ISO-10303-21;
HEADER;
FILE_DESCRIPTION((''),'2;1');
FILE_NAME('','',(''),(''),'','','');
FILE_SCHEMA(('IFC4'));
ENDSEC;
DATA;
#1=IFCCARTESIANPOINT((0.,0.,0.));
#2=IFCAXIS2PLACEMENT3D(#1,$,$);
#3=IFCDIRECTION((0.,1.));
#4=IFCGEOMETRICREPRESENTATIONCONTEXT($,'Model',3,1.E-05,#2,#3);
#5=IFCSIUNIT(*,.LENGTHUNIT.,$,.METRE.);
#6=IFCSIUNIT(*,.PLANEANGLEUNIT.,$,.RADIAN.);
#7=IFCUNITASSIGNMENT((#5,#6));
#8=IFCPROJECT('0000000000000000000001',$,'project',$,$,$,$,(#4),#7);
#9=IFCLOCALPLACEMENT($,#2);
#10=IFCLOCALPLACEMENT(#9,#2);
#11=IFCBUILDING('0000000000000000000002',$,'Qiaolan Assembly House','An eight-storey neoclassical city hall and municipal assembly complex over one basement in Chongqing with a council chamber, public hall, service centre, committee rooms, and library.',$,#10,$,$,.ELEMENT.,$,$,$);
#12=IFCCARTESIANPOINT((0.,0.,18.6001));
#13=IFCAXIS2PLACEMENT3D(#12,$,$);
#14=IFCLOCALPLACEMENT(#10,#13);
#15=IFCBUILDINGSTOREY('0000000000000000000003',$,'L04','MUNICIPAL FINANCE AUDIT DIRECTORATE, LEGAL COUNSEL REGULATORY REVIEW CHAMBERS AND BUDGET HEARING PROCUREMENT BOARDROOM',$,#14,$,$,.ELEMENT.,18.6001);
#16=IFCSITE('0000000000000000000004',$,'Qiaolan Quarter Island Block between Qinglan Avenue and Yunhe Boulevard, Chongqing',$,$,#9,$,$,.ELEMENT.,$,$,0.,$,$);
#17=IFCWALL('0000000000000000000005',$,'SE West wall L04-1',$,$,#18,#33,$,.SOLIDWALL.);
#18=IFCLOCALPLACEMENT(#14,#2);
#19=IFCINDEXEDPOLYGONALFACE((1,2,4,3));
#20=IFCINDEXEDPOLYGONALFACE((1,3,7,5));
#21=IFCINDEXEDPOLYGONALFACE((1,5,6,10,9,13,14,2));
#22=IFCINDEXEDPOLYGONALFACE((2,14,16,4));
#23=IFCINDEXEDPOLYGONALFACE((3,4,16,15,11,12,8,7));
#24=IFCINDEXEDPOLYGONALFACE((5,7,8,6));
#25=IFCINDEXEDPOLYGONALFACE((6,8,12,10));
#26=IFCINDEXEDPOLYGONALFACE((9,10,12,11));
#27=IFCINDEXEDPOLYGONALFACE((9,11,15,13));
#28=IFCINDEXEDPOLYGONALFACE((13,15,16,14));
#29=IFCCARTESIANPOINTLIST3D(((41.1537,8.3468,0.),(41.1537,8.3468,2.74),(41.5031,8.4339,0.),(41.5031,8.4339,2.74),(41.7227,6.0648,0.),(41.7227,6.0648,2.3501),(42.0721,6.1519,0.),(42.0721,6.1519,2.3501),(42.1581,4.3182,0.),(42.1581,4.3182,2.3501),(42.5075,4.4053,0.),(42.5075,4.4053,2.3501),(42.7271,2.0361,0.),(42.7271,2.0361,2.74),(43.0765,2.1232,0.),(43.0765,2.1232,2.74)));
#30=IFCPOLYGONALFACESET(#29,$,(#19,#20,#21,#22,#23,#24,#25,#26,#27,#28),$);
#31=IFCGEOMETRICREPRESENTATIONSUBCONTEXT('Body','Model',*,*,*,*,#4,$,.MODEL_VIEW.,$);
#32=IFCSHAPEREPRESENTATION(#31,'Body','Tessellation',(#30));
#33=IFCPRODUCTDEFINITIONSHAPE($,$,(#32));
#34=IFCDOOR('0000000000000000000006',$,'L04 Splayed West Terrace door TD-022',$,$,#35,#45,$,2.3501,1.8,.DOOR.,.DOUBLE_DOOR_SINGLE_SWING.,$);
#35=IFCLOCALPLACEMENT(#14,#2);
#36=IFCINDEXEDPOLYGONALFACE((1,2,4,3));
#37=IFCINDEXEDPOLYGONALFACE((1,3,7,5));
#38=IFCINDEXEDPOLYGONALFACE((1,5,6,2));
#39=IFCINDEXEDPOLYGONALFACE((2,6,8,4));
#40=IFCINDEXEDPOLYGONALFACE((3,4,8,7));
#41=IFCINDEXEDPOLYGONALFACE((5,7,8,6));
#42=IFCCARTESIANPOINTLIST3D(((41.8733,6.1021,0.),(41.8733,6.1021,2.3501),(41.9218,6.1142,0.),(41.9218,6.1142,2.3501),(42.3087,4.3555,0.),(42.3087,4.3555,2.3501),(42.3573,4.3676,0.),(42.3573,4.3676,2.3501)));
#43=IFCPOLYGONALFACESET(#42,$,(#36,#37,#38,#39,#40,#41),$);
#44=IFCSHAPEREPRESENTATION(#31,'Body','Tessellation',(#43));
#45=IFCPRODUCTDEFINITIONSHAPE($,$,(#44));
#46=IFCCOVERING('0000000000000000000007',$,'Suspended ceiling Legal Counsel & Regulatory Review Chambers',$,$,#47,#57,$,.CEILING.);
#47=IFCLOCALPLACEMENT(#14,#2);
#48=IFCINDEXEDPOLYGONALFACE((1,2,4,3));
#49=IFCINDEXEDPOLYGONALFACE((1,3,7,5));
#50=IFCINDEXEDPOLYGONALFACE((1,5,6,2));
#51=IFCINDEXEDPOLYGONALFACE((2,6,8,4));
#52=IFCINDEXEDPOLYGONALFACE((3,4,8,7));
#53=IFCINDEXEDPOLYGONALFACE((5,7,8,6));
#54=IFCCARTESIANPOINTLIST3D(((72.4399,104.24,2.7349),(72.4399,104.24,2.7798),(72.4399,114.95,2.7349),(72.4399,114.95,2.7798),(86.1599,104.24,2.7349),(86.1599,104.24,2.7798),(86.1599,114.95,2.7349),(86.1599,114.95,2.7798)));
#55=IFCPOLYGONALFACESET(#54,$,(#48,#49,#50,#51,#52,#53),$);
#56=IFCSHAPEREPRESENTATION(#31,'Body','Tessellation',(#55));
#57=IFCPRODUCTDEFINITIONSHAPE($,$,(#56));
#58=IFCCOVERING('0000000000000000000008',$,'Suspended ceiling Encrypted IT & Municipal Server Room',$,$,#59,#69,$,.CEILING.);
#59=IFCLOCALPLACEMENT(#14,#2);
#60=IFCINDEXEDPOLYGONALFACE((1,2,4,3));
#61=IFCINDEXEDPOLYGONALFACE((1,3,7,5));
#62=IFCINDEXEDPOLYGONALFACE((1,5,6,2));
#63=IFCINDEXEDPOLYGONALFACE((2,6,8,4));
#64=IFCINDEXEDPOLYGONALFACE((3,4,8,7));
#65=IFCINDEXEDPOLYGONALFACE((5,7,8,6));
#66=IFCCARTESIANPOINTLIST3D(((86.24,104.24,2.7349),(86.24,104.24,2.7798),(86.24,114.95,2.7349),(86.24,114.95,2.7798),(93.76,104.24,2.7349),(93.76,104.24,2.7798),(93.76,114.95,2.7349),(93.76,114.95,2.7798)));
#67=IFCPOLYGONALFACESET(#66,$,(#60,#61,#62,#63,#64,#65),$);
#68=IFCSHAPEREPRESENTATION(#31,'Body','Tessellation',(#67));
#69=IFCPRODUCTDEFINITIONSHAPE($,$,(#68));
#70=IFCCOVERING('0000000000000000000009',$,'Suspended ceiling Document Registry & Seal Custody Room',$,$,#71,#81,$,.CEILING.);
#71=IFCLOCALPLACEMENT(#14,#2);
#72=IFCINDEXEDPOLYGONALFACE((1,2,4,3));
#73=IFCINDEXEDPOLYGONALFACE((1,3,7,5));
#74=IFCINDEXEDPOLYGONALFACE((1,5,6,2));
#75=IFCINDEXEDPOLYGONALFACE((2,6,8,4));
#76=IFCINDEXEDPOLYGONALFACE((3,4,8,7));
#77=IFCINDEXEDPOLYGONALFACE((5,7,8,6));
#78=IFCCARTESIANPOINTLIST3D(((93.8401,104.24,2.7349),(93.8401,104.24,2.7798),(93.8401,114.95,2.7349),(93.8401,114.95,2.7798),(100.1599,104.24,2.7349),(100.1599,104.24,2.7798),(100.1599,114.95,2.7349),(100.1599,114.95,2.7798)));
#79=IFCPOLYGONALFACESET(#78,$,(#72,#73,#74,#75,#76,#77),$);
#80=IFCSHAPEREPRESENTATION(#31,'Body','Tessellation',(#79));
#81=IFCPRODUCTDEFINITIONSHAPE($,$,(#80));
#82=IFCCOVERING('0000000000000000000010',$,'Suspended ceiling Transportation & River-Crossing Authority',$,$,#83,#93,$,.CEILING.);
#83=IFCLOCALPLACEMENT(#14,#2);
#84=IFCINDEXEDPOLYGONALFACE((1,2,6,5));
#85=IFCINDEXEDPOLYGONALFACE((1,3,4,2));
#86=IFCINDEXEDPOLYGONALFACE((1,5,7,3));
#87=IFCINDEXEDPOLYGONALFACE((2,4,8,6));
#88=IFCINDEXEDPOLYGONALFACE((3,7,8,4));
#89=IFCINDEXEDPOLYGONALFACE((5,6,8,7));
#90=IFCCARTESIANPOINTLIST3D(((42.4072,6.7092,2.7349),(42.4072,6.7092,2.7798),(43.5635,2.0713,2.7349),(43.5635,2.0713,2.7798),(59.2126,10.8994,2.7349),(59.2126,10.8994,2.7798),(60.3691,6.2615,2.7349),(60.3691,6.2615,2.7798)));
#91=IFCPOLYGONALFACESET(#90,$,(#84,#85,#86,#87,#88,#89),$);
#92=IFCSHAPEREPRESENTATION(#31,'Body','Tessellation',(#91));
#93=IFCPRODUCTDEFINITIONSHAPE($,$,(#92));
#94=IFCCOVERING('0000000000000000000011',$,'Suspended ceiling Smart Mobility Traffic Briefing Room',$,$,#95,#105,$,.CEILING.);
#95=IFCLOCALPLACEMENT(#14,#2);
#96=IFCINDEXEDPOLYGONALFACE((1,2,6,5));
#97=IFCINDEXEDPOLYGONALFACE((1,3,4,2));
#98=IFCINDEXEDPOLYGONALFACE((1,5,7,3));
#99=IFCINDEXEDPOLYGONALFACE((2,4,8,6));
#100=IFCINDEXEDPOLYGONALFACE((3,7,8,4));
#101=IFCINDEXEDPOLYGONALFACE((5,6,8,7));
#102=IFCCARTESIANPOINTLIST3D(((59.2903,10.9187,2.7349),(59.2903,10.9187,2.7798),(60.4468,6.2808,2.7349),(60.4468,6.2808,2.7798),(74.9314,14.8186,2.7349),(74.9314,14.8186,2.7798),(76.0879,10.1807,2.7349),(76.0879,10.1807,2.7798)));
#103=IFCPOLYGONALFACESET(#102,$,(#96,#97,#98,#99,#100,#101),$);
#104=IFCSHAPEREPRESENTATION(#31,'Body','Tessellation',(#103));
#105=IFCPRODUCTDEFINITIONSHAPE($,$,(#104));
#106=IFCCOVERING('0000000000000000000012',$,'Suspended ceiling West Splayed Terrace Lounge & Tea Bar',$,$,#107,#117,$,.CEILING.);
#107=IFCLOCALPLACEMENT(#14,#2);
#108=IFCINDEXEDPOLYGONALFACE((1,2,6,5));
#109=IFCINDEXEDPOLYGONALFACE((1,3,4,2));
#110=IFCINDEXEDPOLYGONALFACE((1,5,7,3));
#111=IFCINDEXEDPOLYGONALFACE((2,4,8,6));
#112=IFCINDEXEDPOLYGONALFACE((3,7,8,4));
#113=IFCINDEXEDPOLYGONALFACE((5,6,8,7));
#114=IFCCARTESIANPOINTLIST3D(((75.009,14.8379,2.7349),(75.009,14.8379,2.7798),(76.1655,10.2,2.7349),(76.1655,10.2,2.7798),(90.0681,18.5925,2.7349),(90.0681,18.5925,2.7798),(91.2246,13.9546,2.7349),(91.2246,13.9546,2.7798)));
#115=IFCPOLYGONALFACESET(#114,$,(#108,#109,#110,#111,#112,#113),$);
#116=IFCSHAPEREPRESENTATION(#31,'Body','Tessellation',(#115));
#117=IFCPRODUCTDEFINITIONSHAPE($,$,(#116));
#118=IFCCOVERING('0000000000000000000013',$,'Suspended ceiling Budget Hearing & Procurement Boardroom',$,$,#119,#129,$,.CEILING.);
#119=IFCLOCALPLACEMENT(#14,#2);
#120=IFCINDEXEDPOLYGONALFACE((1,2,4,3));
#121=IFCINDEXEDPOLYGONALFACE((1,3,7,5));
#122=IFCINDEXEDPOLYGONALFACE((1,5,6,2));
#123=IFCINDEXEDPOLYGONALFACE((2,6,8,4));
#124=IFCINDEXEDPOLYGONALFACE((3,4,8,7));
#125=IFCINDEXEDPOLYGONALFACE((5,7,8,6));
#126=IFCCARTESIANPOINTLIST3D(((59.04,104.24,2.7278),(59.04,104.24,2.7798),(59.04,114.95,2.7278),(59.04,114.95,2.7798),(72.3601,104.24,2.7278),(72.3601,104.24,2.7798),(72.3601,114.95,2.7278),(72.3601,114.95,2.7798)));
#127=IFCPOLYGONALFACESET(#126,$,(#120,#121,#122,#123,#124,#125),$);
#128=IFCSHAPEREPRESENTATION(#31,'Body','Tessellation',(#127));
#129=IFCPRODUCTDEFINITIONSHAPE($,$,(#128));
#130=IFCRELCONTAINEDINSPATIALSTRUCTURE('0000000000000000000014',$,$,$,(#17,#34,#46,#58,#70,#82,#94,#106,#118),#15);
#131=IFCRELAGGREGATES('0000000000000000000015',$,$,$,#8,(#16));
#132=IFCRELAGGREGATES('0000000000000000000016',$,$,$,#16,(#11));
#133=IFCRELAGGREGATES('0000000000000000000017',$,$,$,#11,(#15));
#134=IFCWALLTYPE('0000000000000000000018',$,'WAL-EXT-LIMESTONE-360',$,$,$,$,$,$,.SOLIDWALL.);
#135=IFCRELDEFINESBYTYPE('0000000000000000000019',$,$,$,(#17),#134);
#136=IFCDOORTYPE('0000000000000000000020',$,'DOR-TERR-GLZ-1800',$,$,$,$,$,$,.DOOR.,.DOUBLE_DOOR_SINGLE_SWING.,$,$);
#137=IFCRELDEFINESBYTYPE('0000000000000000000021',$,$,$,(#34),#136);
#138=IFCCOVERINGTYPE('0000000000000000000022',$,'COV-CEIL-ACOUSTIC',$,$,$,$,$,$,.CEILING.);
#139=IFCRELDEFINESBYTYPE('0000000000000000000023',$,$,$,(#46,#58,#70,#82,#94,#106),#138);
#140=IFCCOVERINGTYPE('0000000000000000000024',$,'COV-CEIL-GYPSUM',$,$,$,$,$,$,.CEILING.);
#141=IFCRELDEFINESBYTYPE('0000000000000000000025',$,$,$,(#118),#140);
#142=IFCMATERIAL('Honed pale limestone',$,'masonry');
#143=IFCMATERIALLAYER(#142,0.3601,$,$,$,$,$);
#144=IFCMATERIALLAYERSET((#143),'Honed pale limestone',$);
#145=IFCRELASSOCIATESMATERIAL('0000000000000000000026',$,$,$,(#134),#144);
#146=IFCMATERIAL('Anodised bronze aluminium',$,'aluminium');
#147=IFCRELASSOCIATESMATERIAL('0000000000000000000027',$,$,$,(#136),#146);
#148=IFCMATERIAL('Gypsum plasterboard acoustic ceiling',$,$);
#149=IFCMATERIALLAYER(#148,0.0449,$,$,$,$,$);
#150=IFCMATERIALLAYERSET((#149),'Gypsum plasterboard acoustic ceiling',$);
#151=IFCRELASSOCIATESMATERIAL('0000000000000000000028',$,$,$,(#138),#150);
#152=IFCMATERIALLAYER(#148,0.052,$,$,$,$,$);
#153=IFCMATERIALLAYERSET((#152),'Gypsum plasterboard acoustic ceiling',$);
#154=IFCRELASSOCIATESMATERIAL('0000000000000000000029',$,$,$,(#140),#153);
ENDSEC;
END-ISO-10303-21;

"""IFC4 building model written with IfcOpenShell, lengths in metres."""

from ifc_helpers import new_model, si_unit, direction, frame, frame_2d, origin, place, context, subcontext, project, spatial, polyline, rectangle, outline, extrude, material, layer, layer_set, type_object, element, fill, save


model = new_model("IFC4")

# Units and contexts
model_context = context("Model", 3, precision=1e-05, world=origin(), true_north=direction((0.0, 1.0)))
body_context = subcontext(model_context, "Body", "Model", "MODEL_VIEW")
ifc_project = project(units=[si_unit("LENGTHUNIT", "METRE"), si_unit("PLANEANGLEUNIT", "RADIAN")], contexts=[model_context])

# Site, building, storey
site_placement = place(None, origin())
site = spatial("IfcSite", under=ifc_project, at=site_placement, Name="Qiaolan Quarter Island Block between Qinglan Avenue and Yunhe Boulevard, Chongqing", CompositionType="ELEMENT", RefElevation=0.0)
building_placement = place(site_placement, origin())
building = spatial("IfcBuilding", under=site, at=building_placement, Name="Qiaolan Assembly House", Description="An eight-storey neoclassical city hall and municipal assembly complex over one basement in Chongqing with a council chamber, public hall, service centre, committee rooms, and library.", CompositionType="ELEMENT")
storey_placement = place(building_placement, frame((0.0, 0.0, 18.6001)))
storey = spatial("IfcBuildingStorey", under=building, at=storey_placement, Name="L04", Description="MUNICIPAL FINANCE AUDIT DIRECTORATE, LEGAL COUNSEL REGULATORY REVIEW CHAMBERS AND BUDGET HEARING PROCUREMENT BOARDROOM", CompositionType="ELEMENT", Elevation=18.6001)

# Wall, opening, door
ifc_material_1 = material(Name="Honed pale limestone", Category="masonry")
ifc_layer_1 = layer(ifc_material_1, 0.3601)
ifc_layer_set_1 = layer_set([ifc_layer_1], Name="Honed pale limestone")
wall_type_1 = type_object("IfcWallType", Name="WAL-EXT-LIMESTONE-360", PredefinedType="SOLIDWALL", material=ifc_layer_set_1)
wall_1_placement = place(storey_placement, frame((41.3284, 8.3904, 0.0), z_axis=(0.0, 0.0, 1.0), x_axis=(0.241926, -0.970295, 0.0)))
wall_1 = element("IfcWall", 1, at=wall_1_placement, inside=storey, type_object=wall_type_1, Name="SE West wall L04-1", PredefinedType="SOLIDWALL", context=body_context, shape_type="SweptSolid", body=[
    extrude(rectangle(XDim=6.5039, YDim=0.3601, at=frame_2d((3.252, 0.0))), origin(), (0.0, 0.0, 1.0), 2.74),
])
opening_placement = place(wall_1_placement, frame((2.3521, 0.0, 0.0)))
opening = element("IfcOpeningElement", 2, at=opening_placement, cuts=wall_1, PredefinedType="OPENING", context=body_context, shape_type="SweptSolid", body=[
    extrude(rectangle(XDim=1.8, YDim=2.3501, at=frame_2d((0.8999, 1.175))), frame((0.0, 0.1899, 0.0), z_axis=(0.0, -1.0, 0.0), x_axis=(1.0, 0.0, 0.0)), (0.0, 0.0, 1.0), 0.3801),
])
ifc_material_2 = material(Name="Anodised bronze aluminium", Category="aluminium")
door_type = type_object("IfcDoorType", Name="DOR-TERR-GLZ-1800", OperationType="DOUBLE_DOOR_SINGLE_SWING", PredefinedType="DOOR", material=ifc_material_2)
door_placement = place(opening_placement, frame((1.8, 0.0, 0.0), z_axis=(0.0, 0.0, 1.0), x_axis=(-1.0, 0.0, 0.0)))
door = element("IfcDoor", 3, at=door_placement, inside=storey, type_object=door_type, Name="L04 Splayed West Terrace door TD-022", OperationType="DOUBLE_DOOR_SINGLE_SWING", OverallHeight=2.3501, OverallWidth=1.8, PredefinedType="DOOR", context=body_context, shape_type="SweptSolid", body=[
    extrude(rectangle(XDim=1.8, YDim=2.3501, at=frame_2d((0.8999, 1.175))), frame((0.0, 0.0249, 0.0), z_axis=(0.0, -1.0, 0.0), x_axis=(1.0, 0.0, 0.0)), (0.0, 0.0, 1.0), 0.05),
])
fill(opening, door)

# Coverings
ifc_material_3 = material(Name="Gypsum plasterboard acoustic ceiling")
ifc_layer_2 = layer(ifc_material_3, 0.0449)
ifc_layer_set_2 = layer_set([ifc_layer_2], Name="Gypsum plasterboard acoustic ceiling")
covering_type_1 = type_object("IfcCoveringType", Name="COV-CEIL-ACOUSTIC", PredefinedType="CEILING", material=ifc_layer_set_2)
covering_1_placement = place(storey_placement, frame((0.0, 0.0, 2.7349)))
element("IfcCovering", 4, at=covering_1_placement, inside=storey, type_object=covering_type_1, Name="Suspended ceiling Legal Counsel & Regulatory Review Chambers", PredefinedType="CEILING", context=body_context, shape_type="SweptSolid", body=[
    extrude(outline(polyline([(72.4399, 104.24), (86.1599, 104.24), (86.1599, 114.95), (72.4399, 114.95), (72.4399, 104.24)])), origin(), (0.0, 0.0, 1.0), 0.0449),
])
covering_2_placement = place(storey_placement, frame((0.0, 0.0, 2.7349)))
element("IfcCovering", 5, at=covering_2_placement, inside=storey, type_object=covering_type_1, Name="Suspended ceiling Encrypted IT & Municipal Server Room", PredefinedType="CEILING", context=body_context, shape_type="SweptSolid", body=[
    extrude(outline(polyline([(86.24, 104.24), (93.76, 104.24), (93.76, 114.95), (86.24, 114.95), (86.24, 104.24)])), origin(), (0.0, 0.0, 1.0), 0.0449),
])
covering_3_placement = place(storey_placement, frame((0.0, 0.0, 2.7349)))
element("IfcCovering", 6, at=covering_3_placement, inside=storey, type_object=covering_type_1, Name="Suspended ceiling Document Registry & Seal Custody Room", PredefinedType="CEILING", context=body_context, shape_type="SweptSolid", body=[
    extrude(outline(polyline([(93.8401, 104.24), (100.1599, 104.24), (100.1599, 114.95), (93.8401, 114.95), (93.8401, 104.24)])), origin(), (0.0, 0.0, 1.0), 0.0449),
])
covering_4_placement = place(storey_placement, frame((0.0, 0.0, 2.7349)))
element("IfcCovering", 7, at=covering_4_placement, inside=storey, type_object=covering_type_1, Name="Suspended ceiling Transportation & River-Crossing Authority", PredefinedType="CEILING", context=body_context, shape_type="SweptSolid", body=[
    extrude(outline(polyline([(43.5635, 2.0713), (60.3691, 6.2615), (59.2126, 10.8994), (42.4072, 6.7092), (43.5635, 2.0713)])), origin(), (0.0, 0.0, 1.0), 0.0449),
])
covering_5_placement = place(storey_placement, frame((0.0, 0.0, 2.7349)))
element("IfcCovering", 8, at=covering_5_placement, inside=storey, type_object=covering_type_1, Name="Suspended ceiling Smart Mobility Traffic Briefing Room", PredefinedType="CEILING", context=body_context, shape_type="SweptSolid", body=[
    extrude(outline(polyline([(60.4468, 6.2808), (76.0879, 10.1807), (74.9314, 14.8186), (59.2903, 10.9187), (60.4468, 6.2808)])), origin(), (0.0, 0.0, 1.0), 0.0449),
])
covering_6_placement = place(storey_placement, frame((0.0, 0.0, 2.7349)))
element("IfcCovering", 9, at=covering_6_placement, inside=storey, type_object=covering_type_1, Name="Suspended ceiling West Splayed Terrace Lounge & Tea Bar", PredefinedType="CEILING", context=body_context, shape_type="SweptSolid", body=[
    extrude(outline(polyline([(76.1655, 10.2), (91.2246, 13.9546), (90.0681, 18.5925), (75.009, 14.8379), (76.1655, 10.2)])), origin(), (0.0, 0.0, 1.0), 0.0449),
])
ifc_layer_3 = layer(ifc_material_3, 0.052)
ifc_layer_set_3 = layer_set([ifc_layer_3], Name="Gypsum plasterboard acoustic ceiling")
covering_type_2 = type_object("IfcCoveringType", Name="COV-CEIL-GYPSUM", PredefinedType="CEILING", material=ifc_layer_set_3)
covering_7_placement = place(storey_placement, frame((0.0, 0.0, 2.7278)))
element("IfcCovering", 10, at=covering_7_placement, inside=storey, type_object=covering_type_2, Name="Suspended ceiling Budget Hearing & Procurement Boardroom", PredefinedType="CEILING", context=body_context, shape_type="SweptSolid", body=[
    extrude(outline(polyline([(59.04, 104.24), (72.3601, 104.24), (72.3601, 114.95), (59.04, 114.95), (59.04, 104.24)])), origin(), (0.0, 0.0, 1.0), 0.052),
])

save(model, "model.ifc")
